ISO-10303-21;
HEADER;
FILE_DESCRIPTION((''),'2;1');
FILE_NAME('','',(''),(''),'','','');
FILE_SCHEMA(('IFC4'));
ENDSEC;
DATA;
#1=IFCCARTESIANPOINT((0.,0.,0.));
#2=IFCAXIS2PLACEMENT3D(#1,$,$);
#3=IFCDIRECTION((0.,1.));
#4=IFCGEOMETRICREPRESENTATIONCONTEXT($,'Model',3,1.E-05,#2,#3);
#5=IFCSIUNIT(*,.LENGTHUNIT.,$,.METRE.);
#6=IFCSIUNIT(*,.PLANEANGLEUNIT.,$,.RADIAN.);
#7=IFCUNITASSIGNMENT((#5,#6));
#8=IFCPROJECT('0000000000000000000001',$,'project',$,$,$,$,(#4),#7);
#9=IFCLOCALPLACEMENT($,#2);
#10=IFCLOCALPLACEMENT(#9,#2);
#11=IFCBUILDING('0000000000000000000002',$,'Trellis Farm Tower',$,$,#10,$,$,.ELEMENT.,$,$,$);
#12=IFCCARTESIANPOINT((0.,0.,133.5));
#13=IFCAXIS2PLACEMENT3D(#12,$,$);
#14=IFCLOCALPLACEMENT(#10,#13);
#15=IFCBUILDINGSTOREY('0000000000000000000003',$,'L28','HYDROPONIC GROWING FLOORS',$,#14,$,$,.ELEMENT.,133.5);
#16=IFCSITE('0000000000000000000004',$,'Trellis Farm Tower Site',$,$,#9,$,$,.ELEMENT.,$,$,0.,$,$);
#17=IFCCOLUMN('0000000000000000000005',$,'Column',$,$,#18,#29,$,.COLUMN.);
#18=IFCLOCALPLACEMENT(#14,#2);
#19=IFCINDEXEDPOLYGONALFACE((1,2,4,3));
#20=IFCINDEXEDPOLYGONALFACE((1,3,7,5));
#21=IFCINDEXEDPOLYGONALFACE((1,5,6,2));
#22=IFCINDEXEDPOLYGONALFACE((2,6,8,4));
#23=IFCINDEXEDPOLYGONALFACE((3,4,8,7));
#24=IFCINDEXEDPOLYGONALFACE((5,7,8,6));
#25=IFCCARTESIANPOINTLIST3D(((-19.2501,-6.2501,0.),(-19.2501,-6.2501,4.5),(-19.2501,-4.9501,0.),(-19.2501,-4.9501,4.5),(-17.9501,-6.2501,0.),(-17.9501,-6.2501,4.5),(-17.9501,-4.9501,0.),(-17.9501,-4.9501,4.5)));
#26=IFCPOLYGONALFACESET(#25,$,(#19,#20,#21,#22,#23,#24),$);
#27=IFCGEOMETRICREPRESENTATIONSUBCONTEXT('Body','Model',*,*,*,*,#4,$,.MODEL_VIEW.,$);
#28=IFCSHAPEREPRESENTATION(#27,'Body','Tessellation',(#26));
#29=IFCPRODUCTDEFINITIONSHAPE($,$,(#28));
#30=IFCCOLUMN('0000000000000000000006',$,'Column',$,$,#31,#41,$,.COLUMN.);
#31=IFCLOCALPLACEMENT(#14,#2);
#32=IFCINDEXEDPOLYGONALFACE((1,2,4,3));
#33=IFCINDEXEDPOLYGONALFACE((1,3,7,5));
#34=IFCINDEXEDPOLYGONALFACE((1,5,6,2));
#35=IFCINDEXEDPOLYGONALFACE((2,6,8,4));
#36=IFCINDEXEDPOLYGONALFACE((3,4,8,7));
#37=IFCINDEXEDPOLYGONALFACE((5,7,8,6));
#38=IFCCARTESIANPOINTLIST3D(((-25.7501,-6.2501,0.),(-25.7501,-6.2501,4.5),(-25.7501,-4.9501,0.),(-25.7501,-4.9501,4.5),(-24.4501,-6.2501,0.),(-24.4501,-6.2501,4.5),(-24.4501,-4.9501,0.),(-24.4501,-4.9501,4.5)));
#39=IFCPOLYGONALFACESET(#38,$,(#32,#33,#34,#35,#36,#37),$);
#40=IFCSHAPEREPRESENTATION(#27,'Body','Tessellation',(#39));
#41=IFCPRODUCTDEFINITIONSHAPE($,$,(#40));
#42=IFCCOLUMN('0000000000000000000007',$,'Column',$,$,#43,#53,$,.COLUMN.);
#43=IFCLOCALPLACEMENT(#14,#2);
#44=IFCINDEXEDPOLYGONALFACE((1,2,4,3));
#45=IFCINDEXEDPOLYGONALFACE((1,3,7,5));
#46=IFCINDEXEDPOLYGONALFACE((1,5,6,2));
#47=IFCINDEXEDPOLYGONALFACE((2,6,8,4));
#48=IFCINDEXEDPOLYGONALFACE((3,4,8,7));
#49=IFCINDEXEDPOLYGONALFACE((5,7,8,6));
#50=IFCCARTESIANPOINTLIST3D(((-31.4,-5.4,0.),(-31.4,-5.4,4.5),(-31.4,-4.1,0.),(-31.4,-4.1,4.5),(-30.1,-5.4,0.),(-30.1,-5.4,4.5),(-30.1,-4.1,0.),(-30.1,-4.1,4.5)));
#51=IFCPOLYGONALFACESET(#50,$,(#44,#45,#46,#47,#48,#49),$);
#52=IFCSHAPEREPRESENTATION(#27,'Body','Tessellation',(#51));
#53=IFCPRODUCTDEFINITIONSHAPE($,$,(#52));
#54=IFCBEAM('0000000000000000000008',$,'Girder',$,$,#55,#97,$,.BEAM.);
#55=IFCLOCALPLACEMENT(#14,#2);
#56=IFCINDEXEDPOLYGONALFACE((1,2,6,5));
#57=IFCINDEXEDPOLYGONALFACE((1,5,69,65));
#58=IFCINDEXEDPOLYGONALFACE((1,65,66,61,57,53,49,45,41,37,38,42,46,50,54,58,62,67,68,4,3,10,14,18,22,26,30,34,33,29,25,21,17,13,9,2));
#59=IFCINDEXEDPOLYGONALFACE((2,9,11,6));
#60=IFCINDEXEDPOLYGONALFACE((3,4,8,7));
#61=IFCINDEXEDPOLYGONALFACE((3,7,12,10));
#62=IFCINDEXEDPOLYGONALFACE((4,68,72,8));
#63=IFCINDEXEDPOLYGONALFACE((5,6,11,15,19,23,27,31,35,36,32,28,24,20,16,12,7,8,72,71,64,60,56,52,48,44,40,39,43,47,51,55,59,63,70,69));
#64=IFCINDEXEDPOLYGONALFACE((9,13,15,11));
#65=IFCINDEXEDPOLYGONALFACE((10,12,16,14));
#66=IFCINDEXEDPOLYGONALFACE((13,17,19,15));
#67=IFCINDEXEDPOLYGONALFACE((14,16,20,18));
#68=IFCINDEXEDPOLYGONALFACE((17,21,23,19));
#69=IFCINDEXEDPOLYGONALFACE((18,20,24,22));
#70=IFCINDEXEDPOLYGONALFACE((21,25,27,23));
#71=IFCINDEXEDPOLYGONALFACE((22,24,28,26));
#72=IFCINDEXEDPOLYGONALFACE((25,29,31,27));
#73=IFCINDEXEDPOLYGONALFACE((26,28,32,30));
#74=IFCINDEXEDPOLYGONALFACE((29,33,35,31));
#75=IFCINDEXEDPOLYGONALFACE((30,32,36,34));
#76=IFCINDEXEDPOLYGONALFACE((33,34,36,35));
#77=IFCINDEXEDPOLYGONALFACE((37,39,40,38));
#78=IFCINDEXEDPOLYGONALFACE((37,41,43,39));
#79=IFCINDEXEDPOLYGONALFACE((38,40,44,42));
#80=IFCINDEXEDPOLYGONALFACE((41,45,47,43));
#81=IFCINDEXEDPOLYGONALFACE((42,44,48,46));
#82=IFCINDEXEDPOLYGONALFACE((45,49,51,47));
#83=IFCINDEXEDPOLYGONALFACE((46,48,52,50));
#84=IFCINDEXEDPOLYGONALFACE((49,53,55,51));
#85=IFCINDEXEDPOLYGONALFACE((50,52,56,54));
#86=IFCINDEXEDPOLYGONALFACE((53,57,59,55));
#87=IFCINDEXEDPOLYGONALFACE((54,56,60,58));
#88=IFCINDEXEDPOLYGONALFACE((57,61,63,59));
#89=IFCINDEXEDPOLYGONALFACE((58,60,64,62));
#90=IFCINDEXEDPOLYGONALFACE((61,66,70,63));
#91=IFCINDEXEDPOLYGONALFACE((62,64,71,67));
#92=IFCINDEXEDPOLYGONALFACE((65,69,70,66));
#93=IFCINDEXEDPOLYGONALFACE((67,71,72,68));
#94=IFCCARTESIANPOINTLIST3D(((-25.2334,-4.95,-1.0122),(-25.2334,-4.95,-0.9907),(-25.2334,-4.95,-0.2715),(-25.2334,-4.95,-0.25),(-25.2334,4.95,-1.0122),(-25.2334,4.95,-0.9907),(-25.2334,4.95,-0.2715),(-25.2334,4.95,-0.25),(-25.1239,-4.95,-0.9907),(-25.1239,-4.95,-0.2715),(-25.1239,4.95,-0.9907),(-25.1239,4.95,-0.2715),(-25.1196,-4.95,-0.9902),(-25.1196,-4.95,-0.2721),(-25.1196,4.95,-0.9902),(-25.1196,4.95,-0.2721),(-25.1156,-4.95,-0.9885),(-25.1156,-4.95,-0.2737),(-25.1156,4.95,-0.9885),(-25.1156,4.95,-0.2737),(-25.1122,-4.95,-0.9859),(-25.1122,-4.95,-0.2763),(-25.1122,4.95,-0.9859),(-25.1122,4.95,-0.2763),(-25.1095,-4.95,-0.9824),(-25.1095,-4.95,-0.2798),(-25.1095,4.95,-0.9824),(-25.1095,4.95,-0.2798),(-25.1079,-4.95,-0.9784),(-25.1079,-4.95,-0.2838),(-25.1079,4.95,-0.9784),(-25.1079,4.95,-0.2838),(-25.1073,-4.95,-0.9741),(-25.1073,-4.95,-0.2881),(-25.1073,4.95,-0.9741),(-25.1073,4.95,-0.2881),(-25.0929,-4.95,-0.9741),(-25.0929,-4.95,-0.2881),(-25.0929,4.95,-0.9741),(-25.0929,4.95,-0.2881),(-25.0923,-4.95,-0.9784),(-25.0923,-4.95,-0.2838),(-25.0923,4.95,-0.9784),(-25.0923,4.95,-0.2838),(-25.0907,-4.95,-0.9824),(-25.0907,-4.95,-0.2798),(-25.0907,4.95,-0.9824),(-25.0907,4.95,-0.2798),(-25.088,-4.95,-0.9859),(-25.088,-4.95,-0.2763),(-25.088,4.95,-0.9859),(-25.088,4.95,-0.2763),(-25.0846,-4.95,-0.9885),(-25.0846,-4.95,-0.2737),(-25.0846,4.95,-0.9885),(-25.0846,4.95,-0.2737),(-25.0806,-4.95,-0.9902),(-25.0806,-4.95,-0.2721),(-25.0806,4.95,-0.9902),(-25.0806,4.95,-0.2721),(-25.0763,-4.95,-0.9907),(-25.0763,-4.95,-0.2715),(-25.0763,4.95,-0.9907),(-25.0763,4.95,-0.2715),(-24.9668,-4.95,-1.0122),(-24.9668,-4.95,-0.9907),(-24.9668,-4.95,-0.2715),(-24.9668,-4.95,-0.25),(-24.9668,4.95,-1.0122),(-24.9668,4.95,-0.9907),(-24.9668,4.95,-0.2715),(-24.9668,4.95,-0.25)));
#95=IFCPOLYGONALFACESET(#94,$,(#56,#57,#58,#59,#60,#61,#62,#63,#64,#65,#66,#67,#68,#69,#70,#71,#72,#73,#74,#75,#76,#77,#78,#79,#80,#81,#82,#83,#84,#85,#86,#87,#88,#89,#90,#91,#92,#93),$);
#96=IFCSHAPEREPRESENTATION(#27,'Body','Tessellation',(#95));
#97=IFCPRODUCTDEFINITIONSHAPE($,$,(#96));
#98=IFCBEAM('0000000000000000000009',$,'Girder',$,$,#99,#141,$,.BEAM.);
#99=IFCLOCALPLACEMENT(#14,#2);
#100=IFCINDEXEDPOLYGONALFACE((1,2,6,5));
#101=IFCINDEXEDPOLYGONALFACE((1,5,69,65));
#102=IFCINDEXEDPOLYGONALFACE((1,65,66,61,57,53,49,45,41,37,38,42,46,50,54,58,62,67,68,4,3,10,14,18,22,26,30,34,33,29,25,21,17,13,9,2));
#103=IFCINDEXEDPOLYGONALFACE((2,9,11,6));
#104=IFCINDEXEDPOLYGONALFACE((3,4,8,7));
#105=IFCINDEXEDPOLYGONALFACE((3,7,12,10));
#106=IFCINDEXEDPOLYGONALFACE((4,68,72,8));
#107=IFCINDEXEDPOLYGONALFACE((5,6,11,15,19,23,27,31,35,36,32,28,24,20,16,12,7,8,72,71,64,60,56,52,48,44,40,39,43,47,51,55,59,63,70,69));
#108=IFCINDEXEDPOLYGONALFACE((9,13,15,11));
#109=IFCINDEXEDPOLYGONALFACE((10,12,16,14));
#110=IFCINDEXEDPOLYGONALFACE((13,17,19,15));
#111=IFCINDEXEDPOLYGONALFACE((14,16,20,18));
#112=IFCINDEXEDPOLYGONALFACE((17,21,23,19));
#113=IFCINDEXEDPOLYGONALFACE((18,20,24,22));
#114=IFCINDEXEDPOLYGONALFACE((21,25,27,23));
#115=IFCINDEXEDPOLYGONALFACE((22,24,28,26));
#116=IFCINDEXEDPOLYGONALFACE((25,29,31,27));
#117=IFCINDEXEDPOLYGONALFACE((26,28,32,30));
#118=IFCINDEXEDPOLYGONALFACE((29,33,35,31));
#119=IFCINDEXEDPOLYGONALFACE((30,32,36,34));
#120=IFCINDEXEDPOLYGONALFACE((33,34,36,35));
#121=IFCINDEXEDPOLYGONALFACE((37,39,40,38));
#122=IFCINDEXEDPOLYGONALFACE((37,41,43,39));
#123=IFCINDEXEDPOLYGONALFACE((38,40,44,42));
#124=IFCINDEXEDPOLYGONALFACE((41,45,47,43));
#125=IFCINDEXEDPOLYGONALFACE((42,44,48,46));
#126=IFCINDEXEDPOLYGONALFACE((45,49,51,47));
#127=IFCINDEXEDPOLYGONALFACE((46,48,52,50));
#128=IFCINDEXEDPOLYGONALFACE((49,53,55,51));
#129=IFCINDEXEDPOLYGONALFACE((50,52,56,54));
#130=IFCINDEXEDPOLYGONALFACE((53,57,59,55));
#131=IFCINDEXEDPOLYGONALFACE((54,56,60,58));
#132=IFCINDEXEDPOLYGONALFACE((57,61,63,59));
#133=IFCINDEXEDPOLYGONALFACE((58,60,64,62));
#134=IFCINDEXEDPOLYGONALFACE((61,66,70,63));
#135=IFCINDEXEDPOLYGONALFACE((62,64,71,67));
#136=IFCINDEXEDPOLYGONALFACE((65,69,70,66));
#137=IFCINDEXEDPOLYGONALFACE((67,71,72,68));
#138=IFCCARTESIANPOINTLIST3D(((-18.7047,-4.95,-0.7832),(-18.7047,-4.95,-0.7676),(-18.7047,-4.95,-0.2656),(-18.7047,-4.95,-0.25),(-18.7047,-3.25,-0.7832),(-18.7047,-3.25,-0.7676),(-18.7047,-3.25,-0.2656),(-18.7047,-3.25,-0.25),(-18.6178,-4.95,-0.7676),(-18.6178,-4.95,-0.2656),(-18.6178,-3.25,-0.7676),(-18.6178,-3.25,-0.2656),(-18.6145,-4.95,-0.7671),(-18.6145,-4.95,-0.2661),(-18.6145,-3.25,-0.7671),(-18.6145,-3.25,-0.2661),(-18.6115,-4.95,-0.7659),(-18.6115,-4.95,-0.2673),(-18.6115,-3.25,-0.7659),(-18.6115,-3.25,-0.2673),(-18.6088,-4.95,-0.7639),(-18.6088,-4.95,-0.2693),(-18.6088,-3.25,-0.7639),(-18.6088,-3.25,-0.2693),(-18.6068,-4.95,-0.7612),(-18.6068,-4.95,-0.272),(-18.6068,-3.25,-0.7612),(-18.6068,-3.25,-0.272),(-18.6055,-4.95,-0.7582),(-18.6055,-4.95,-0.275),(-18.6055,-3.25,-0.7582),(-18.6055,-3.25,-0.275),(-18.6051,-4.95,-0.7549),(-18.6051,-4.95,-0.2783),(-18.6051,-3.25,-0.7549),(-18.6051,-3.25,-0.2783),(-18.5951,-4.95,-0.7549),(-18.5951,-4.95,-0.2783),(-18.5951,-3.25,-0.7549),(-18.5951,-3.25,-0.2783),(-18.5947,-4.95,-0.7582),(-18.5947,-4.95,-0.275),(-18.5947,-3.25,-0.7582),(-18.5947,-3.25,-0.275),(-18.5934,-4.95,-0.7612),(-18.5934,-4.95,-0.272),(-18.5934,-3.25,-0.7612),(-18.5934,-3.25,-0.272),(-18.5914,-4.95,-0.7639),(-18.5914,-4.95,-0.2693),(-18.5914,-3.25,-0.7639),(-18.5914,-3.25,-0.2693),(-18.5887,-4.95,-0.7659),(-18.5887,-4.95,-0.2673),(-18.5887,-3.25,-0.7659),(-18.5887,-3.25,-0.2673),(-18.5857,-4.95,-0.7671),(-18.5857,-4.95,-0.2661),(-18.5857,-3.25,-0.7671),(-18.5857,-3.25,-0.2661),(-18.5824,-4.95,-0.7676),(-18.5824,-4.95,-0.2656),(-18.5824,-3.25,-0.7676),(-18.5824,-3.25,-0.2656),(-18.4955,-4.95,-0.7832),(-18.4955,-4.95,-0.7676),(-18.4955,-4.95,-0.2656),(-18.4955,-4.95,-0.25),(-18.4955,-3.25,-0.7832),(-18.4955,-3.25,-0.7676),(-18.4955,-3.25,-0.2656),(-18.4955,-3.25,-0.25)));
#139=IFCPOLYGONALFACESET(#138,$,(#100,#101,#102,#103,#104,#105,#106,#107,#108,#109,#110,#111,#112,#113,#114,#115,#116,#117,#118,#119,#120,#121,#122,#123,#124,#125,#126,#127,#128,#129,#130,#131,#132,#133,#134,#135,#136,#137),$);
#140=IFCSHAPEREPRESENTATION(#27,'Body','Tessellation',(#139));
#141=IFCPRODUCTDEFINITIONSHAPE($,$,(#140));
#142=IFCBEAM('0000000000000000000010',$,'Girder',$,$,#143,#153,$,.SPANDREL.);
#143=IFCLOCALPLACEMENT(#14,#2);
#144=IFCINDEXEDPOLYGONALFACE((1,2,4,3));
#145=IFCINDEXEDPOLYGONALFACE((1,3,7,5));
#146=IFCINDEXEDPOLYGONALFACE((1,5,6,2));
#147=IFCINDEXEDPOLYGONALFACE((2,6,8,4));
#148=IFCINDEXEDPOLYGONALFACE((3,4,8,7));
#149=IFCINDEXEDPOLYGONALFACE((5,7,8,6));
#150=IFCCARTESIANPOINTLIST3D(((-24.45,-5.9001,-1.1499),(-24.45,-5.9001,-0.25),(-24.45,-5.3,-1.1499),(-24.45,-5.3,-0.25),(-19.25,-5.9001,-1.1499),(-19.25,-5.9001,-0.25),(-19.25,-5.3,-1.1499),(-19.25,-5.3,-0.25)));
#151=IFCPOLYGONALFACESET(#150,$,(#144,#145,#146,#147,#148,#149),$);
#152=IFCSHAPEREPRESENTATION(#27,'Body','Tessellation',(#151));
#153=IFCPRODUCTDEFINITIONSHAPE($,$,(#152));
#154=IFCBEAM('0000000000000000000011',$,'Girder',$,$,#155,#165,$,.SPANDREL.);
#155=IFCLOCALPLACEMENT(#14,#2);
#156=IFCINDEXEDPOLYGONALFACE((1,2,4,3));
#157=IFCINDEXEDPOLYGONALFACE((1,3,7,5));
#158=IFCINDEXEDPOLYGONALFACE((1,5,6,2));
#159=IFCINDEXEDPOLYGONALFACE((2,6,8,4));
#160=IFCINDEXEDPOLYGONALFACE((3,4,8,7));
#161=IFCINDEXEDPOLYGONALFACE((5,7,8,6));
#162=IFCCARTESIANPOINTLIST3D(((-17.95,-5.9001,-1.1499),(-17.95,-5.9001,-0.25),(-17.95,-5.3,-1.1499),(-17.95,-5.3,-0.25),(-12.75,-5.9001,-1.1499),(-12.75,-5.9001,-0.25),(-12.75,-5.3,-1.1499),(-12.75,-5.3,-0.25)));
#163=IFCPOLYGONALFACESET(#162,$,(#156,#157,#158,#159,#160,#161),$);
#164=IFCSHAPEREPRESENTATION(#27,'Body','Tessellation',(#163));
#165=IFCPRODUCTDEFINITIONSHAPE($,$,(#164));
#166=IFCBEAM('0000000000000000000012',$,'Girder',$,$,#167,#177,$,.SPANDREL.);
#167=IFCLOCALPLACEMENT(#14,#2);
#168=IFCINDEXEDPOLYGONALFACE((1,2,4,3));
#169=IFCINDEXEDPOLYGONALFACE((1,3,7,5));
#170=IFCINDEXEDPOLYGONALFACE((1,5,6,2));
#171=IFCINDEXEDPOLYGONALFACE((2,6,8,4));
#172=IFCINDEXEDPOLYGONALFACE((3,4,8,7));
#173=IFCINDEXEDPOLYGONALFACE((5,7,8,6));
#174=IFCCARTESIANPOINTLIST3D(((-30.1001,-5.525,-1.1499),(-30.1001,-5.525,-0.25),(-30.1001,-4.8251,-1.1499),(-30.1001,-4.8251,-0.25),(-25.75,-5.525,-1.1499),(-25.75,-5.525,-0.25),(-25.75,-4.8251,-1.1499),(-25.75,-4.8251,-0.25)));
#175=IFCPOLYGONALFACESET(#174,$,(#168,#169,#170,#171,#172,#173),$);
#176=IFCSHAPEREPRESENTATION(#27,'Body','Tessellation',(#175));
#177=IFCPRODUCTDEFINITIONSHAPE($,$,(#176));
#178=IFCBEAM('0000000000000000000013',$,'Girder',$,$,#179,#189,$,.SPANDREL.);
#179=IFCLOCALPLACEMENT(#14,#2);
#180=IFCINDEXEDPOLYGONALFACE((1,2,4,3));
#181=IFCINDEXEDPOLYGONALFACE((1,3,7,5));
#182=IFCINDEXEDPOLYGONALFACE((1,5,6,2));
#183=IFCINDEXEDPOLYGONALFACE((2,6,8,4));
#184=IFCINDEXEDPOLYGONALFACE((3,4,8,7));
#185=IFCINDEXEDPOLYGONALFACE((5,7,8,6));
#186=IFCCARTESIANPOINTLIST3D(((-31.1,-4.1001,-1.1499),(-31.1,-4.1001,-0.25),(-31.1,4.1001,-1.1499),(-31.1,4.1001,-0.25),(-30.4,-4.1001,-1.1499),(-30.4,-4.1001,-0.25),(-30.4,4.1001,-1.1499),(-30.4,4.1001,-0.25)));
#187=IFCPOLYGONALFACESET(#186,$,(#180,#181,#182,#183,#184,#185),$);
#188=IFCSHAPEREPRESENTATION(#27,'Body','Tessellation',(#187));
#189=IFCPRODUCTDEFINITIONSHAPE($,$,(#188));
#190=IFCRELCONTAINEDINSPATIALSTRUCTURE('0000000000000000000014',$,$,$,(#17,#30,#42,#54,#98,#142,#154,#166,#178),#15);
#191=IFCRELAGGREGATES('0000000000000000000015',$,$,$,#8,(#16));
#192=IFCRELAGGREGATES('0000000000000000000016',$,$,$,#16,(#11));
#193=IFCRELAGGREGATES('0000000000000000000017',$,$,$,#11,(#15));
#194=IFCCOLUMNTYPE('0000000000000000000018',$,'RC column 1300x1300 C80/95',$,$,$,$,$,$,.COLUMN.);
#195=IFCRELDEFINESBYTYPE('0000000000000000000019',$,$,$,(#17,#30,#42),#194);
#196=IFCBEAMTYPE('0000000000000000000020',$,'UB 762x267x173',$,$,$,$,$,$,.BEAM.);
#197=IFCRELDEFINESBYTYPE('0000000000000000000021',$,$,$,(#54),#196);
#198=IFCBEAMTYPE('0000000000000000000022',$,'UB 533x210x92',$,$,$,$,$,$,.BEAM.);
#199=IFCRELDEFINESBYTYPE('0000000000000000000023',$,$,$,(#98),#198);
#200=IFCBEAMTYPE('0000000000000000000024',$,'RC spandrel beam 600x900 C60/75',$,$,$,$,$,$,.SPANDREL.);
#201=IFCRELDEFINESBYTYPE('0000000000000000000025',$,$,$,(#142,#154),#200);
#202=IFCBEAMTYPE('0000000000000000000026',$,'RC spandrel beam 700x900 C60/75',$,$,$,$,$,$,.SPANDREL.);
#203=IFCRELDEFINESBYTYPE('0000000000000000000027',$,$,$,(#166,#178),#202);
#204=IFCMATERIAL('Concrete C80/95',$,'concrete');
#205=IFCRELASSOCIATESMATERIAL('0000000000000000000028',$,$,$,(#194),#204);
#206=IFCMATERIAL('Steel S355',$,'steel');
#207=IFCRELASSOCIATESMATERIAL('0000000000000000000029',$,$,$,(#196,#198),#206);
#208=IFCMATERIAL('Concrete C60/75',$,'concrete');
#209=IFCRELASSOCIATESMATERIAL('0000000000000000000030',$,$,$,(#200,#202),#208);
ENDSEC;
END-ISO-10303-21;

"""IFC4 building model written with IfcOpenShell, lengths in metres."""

from ifc_helpers import new_model, si_unit, direction, frame, origin, origin_2d, place, context, subcontext, project, spatial, rectangle, i_section, extrude, source, transform, mapped, material, material_profile, profile_set, type_object, element, save


model = new_model("IFC4")

# Units and contexts
model_context = context("Model", 3, precision=1e-05, world=origin(), true_north=direction((0.0, 1.0)))
body_context = subcontext(model_context, "Body", "Model", "MODEL_VIEW")
ifc_project = project(units=[si_unit("LENGTHUNIT", "METRE"), si_unit("PLANEANGLEUNIT", "RADIAN")], contexts=[model_context])

# Site, building, storey
site_placement = place(None, origin())
site = spatial("IfcSite", under=ifc_project, at=site_placement, Name="Trellis Farm Tower Site", CompositionType="ELEMENT", RefElevation=0.0)
building_placement = place(site_placement, origin())
building = spatial("IfcBuilding", under=site, at=building_placement, Name="Trellis Farm Tower", CompositionType="ELEMENT")
storey_placement = place(building_placement, frame((0.0, 0.0, 133.5)))
storey = spatial("IfcBuildingStorey", under=building, at=storey_placement, Name="L28", Description="HYDROPONIC GROWING FLOORS", CompositionType="ELEMENT", Elevation=133.5)

# Columns
ifc_material_1 = material(Name="Concrete C80/95", Category="concrete")
ifc_material_profile_1 = material_profile(ifc_material_1, rectangle(XDim=1.3, YDim=1.3, at=origin_2d()), Name="RC column 1300x1300 C80/95")
ifc_profile_set_1 = profile_set([ifc_material_profile_1], Name="Concrete C80/95")
column_type = type_object("IfcColumnType", Name="RC column 1300x1300 C80/95", PredefinedType="COLUMN", material=ifc_profile_set_1)
shared_shape_1 = source(origin(), body_context, "Body", "SweptSolid", [
    extrude(rectangle(XDim=1.3, YDim=1.3, at=origin_2d()), origin(), (0.0, 0.0, 1.0), 4.5),
])
for number, where, z_axis, x_axis, name in (
    (1, (-18.6001, -5.6001, 0.0), (0.0, 0.0, 1.0), (1.0, 0.0, 0.0), "Column"),
    (2, (-25.1001, -5.6001, 0.0), (0.0, 0.0, 1.0), (1.0, 0.0, 0.0), "Column"),
    (3, (-30.75, -4.75, 0.0), (0.0, 0.0, 1.0), (1.0, 0.0, 0.0), "Column"),
):
    element("IfcColumn", number, at=place(storey_placement, frame(where, z_axis=z_axis, x_axis=x_axis)), inside=storey, type_object=column_type, Name=name, PredefinedType="COLUMN", context=body_context, shape_type="MappedRepresentation", body=[
        mapped(shared_shape_1, transform((0.0, 0.0, 0.0))),
    ])

# Beams
ifc_material_2 = material(Name="Steel S355", Category="steel")
ifc_material_profile_2 = material_profile(ifc_material_2, i_section(OverallWidth=0.2666, OverallDepth=0.7622, WebThickness=0.0144, FlangeThickness=0.0215, FilletRadius=0.0166, at=origin_2d()), Name="UB 762x267x173")
ifc_profile_set_2 = profile_set([ifc_material_profile_2], Name="Steel S355")
beam_type_1 = type_object("IfcBeamType", Name="UB 762x267x173", PredefinedType="BEAM", material=ifc_profile_set_2)
shared_shape_2 = source(origin(), body_context, "Body", "SweptSolid", [
    extrude(i_section(OverallWidth=0.2666, OverallDepth=0.7622, WebThickness=0.0144, FlangeThickness=0.0215, FilletRadius=0.0166, at=origin_2d()), origin(), (0.0, 0.0, 1.0), 9.8999),
])
beam_1_placement = place(storey_placement, frame((-25.1001, -4.95, -0.6311), z_axis=(0.0, 1.0, 0.0), x_axis=(-1.0, 0.0, 0.0)))
element("IfcBeam", 4, at=beam_1_placement, inside=storey, type_object=beam_type_1, Name="Girder", PredefinedType="BEAM", context=body_context, shape_type="MappedRepresentation", body=[
    mapped(shared_shape_2, transform((0.0, 0.0, 0.0))),
])
ifc_material_profile_3 = material_profile(ifc_material_2, i_section(OverallWidth=0.2092, OverallDepth=0.5332, WebThickness=0.01, FlangeThickness=0.0156, FilletRadius=0.0127, at=origin_2d()), Name="UB 533x210x92")
ifc_profile_set_3 = profile_set([ifc_material_profile_3], Name="Steel S355")
beam_type_2 = type_object("IfcBeamType", Name="UB 533x210x92", PredefinedType="BEAM", material=ifc_profile_set_3)
shared_shape_3 = source(origin(), body_context, "Body", "SweptSolid", [
    extrude(i_section(OverallWidth=0.2092, OverallDepth=0.5332, WebThickness=0.01, FlangeThickness=0.0156, FilletRadius=0.0127, at=origin_2d()), origin(), (0.0, 0.0, 1.0), 1.7),
])
beam_2_placement = place(storey_placement, frame((-18.6001, -4.95, -0.5166), z_axis=(0.0, 1.0, 0.0), x_axis=(-1.0, 0.0, 0.0)))
element("IfcBeam", 5, at=beam_2_placement, inside=storey, type_object=beam_type_2, Name="Girder", PredefinedType="BEAM", context=body_context, shape_type="MappedRepresentation", body=[
    mapped(shared_shape_3, transform((0.0, 0.0, 0.0))),
])
ifc_material_3 = material(Name="Concrete C60/75", Category="concrete")
ifc_material_profile_4 = material_profile(ifc_material_3, rectangle(XDim=0.6001, YDim=0.8999, at=origin_2d()), Name="RC spandrel beam 600x900 C60/75")
ifc_profile_set_4 = profile_set([ifc_material_profile_4], Name="Concrete C60/75")
beam_type_3 = type_object("IfcBeamType", Name="RC spandrel beam 600x900 C60/75", PredefinedType="SPANDREL", material=ifc_profile_set_4)
shared_shape_4 = source(origin(), body_context, "Body", "SweptSolid", [
    extrude(rectangle(XDim=0.6001, YDim=0.8999, at=origin_2d()), origin(), (0.0, 0.0, 1.0), 5.2),
])
for number, where, z_axis, x_axis, name in (
    (6, (-24.45, -5.6001, -0.7), (1.0, 0.0, 0.0), (0.0, 1.0, 0.0), "Girder"),
    (7, (-17.95, -5.6001, -0.7), (1.0, 0.0, 0.0), (0.0, 1.0, 0.0), "Girder"),
):
    element("IfcBeam", number, at=place(storey_placement, frame(where, z_axis=z_axis, x_axis=x_axis)), inside=storey, type_object=beam_type_3, Name=name, PredefinedType="SPANDREL", context=body_context, shape_type="MappedRepresentation", body=[
        mapped(shared_shape_4, transform((0.0, 0.0, 0.0))),
    ])
ifc_material_profile_5 = material_profile(ifc_material_3, rectangle(XDim=0.7, YDim=0.8999, at=origin_2d()), Name="RC spandrel beam 700x900 C60/75")
ifc_profile_set_5 = profile_set([ifc_material_profile_5], Name="Concrete C60/75")
beam_type_4 = type_object("IfcBeamType", Name="RC spandrel beam 700x900 C60/75", PredefinedType="SPANDREL", material=ifc_profile_set_5)
shared_shape_5 = source(origin(), body_context, "Body", "SweptSolid", [
    extrude(rectangle(XDim=0.7, YDim=0.8999, at=origin_2d()), origin(), (0.0, 0.0, 1.0), 4.3501),
])
beam_3_placement = place(storey_placement, frame((-30.1001, -5.175, -0.7), z_axis=(1.0, 0.0, 0.0), x_axis=(0.0, 1.0, 0.0)))
element("IfcBeam", 8, at=beam_3_placement, inside=storey, type_object=beam_type_4, Name="Girder", PredefinedType="SPANDREL", context=body_context, shape_type="MappedRepresentation", body=[
    mapped(shared_shape_5, transform((0.0, 0.0, 0.0))),
])
shared_shape_6 = source(origin(), body_context, "Body", "SweptSolid", [
    extrude(rectangle(XDim=0.7, YDim=0.8999, at=origin_2d()), origin(), (0.0, 0.0, 1.0), 8.2002),
])
beam_4_placement = place(storey_placement, frame((-30.75, -4.1001, -0.7), z_axis=(0.0, 1.0, 0.0), x_axis=(-1.0, 0.0, 0.0)))
element("IfcBeam", 9, at=beam_4_placement, inside=storey, type_object=beam_type_4, Name="Girder", PredefinedType="SPANDREL", context=body_context, shape_type="MappedRepresentation", body=[
    mapped(shared_shape_6, transform((0.0, 0.0, 0.0))),
])

save(model, "model.ifc")
